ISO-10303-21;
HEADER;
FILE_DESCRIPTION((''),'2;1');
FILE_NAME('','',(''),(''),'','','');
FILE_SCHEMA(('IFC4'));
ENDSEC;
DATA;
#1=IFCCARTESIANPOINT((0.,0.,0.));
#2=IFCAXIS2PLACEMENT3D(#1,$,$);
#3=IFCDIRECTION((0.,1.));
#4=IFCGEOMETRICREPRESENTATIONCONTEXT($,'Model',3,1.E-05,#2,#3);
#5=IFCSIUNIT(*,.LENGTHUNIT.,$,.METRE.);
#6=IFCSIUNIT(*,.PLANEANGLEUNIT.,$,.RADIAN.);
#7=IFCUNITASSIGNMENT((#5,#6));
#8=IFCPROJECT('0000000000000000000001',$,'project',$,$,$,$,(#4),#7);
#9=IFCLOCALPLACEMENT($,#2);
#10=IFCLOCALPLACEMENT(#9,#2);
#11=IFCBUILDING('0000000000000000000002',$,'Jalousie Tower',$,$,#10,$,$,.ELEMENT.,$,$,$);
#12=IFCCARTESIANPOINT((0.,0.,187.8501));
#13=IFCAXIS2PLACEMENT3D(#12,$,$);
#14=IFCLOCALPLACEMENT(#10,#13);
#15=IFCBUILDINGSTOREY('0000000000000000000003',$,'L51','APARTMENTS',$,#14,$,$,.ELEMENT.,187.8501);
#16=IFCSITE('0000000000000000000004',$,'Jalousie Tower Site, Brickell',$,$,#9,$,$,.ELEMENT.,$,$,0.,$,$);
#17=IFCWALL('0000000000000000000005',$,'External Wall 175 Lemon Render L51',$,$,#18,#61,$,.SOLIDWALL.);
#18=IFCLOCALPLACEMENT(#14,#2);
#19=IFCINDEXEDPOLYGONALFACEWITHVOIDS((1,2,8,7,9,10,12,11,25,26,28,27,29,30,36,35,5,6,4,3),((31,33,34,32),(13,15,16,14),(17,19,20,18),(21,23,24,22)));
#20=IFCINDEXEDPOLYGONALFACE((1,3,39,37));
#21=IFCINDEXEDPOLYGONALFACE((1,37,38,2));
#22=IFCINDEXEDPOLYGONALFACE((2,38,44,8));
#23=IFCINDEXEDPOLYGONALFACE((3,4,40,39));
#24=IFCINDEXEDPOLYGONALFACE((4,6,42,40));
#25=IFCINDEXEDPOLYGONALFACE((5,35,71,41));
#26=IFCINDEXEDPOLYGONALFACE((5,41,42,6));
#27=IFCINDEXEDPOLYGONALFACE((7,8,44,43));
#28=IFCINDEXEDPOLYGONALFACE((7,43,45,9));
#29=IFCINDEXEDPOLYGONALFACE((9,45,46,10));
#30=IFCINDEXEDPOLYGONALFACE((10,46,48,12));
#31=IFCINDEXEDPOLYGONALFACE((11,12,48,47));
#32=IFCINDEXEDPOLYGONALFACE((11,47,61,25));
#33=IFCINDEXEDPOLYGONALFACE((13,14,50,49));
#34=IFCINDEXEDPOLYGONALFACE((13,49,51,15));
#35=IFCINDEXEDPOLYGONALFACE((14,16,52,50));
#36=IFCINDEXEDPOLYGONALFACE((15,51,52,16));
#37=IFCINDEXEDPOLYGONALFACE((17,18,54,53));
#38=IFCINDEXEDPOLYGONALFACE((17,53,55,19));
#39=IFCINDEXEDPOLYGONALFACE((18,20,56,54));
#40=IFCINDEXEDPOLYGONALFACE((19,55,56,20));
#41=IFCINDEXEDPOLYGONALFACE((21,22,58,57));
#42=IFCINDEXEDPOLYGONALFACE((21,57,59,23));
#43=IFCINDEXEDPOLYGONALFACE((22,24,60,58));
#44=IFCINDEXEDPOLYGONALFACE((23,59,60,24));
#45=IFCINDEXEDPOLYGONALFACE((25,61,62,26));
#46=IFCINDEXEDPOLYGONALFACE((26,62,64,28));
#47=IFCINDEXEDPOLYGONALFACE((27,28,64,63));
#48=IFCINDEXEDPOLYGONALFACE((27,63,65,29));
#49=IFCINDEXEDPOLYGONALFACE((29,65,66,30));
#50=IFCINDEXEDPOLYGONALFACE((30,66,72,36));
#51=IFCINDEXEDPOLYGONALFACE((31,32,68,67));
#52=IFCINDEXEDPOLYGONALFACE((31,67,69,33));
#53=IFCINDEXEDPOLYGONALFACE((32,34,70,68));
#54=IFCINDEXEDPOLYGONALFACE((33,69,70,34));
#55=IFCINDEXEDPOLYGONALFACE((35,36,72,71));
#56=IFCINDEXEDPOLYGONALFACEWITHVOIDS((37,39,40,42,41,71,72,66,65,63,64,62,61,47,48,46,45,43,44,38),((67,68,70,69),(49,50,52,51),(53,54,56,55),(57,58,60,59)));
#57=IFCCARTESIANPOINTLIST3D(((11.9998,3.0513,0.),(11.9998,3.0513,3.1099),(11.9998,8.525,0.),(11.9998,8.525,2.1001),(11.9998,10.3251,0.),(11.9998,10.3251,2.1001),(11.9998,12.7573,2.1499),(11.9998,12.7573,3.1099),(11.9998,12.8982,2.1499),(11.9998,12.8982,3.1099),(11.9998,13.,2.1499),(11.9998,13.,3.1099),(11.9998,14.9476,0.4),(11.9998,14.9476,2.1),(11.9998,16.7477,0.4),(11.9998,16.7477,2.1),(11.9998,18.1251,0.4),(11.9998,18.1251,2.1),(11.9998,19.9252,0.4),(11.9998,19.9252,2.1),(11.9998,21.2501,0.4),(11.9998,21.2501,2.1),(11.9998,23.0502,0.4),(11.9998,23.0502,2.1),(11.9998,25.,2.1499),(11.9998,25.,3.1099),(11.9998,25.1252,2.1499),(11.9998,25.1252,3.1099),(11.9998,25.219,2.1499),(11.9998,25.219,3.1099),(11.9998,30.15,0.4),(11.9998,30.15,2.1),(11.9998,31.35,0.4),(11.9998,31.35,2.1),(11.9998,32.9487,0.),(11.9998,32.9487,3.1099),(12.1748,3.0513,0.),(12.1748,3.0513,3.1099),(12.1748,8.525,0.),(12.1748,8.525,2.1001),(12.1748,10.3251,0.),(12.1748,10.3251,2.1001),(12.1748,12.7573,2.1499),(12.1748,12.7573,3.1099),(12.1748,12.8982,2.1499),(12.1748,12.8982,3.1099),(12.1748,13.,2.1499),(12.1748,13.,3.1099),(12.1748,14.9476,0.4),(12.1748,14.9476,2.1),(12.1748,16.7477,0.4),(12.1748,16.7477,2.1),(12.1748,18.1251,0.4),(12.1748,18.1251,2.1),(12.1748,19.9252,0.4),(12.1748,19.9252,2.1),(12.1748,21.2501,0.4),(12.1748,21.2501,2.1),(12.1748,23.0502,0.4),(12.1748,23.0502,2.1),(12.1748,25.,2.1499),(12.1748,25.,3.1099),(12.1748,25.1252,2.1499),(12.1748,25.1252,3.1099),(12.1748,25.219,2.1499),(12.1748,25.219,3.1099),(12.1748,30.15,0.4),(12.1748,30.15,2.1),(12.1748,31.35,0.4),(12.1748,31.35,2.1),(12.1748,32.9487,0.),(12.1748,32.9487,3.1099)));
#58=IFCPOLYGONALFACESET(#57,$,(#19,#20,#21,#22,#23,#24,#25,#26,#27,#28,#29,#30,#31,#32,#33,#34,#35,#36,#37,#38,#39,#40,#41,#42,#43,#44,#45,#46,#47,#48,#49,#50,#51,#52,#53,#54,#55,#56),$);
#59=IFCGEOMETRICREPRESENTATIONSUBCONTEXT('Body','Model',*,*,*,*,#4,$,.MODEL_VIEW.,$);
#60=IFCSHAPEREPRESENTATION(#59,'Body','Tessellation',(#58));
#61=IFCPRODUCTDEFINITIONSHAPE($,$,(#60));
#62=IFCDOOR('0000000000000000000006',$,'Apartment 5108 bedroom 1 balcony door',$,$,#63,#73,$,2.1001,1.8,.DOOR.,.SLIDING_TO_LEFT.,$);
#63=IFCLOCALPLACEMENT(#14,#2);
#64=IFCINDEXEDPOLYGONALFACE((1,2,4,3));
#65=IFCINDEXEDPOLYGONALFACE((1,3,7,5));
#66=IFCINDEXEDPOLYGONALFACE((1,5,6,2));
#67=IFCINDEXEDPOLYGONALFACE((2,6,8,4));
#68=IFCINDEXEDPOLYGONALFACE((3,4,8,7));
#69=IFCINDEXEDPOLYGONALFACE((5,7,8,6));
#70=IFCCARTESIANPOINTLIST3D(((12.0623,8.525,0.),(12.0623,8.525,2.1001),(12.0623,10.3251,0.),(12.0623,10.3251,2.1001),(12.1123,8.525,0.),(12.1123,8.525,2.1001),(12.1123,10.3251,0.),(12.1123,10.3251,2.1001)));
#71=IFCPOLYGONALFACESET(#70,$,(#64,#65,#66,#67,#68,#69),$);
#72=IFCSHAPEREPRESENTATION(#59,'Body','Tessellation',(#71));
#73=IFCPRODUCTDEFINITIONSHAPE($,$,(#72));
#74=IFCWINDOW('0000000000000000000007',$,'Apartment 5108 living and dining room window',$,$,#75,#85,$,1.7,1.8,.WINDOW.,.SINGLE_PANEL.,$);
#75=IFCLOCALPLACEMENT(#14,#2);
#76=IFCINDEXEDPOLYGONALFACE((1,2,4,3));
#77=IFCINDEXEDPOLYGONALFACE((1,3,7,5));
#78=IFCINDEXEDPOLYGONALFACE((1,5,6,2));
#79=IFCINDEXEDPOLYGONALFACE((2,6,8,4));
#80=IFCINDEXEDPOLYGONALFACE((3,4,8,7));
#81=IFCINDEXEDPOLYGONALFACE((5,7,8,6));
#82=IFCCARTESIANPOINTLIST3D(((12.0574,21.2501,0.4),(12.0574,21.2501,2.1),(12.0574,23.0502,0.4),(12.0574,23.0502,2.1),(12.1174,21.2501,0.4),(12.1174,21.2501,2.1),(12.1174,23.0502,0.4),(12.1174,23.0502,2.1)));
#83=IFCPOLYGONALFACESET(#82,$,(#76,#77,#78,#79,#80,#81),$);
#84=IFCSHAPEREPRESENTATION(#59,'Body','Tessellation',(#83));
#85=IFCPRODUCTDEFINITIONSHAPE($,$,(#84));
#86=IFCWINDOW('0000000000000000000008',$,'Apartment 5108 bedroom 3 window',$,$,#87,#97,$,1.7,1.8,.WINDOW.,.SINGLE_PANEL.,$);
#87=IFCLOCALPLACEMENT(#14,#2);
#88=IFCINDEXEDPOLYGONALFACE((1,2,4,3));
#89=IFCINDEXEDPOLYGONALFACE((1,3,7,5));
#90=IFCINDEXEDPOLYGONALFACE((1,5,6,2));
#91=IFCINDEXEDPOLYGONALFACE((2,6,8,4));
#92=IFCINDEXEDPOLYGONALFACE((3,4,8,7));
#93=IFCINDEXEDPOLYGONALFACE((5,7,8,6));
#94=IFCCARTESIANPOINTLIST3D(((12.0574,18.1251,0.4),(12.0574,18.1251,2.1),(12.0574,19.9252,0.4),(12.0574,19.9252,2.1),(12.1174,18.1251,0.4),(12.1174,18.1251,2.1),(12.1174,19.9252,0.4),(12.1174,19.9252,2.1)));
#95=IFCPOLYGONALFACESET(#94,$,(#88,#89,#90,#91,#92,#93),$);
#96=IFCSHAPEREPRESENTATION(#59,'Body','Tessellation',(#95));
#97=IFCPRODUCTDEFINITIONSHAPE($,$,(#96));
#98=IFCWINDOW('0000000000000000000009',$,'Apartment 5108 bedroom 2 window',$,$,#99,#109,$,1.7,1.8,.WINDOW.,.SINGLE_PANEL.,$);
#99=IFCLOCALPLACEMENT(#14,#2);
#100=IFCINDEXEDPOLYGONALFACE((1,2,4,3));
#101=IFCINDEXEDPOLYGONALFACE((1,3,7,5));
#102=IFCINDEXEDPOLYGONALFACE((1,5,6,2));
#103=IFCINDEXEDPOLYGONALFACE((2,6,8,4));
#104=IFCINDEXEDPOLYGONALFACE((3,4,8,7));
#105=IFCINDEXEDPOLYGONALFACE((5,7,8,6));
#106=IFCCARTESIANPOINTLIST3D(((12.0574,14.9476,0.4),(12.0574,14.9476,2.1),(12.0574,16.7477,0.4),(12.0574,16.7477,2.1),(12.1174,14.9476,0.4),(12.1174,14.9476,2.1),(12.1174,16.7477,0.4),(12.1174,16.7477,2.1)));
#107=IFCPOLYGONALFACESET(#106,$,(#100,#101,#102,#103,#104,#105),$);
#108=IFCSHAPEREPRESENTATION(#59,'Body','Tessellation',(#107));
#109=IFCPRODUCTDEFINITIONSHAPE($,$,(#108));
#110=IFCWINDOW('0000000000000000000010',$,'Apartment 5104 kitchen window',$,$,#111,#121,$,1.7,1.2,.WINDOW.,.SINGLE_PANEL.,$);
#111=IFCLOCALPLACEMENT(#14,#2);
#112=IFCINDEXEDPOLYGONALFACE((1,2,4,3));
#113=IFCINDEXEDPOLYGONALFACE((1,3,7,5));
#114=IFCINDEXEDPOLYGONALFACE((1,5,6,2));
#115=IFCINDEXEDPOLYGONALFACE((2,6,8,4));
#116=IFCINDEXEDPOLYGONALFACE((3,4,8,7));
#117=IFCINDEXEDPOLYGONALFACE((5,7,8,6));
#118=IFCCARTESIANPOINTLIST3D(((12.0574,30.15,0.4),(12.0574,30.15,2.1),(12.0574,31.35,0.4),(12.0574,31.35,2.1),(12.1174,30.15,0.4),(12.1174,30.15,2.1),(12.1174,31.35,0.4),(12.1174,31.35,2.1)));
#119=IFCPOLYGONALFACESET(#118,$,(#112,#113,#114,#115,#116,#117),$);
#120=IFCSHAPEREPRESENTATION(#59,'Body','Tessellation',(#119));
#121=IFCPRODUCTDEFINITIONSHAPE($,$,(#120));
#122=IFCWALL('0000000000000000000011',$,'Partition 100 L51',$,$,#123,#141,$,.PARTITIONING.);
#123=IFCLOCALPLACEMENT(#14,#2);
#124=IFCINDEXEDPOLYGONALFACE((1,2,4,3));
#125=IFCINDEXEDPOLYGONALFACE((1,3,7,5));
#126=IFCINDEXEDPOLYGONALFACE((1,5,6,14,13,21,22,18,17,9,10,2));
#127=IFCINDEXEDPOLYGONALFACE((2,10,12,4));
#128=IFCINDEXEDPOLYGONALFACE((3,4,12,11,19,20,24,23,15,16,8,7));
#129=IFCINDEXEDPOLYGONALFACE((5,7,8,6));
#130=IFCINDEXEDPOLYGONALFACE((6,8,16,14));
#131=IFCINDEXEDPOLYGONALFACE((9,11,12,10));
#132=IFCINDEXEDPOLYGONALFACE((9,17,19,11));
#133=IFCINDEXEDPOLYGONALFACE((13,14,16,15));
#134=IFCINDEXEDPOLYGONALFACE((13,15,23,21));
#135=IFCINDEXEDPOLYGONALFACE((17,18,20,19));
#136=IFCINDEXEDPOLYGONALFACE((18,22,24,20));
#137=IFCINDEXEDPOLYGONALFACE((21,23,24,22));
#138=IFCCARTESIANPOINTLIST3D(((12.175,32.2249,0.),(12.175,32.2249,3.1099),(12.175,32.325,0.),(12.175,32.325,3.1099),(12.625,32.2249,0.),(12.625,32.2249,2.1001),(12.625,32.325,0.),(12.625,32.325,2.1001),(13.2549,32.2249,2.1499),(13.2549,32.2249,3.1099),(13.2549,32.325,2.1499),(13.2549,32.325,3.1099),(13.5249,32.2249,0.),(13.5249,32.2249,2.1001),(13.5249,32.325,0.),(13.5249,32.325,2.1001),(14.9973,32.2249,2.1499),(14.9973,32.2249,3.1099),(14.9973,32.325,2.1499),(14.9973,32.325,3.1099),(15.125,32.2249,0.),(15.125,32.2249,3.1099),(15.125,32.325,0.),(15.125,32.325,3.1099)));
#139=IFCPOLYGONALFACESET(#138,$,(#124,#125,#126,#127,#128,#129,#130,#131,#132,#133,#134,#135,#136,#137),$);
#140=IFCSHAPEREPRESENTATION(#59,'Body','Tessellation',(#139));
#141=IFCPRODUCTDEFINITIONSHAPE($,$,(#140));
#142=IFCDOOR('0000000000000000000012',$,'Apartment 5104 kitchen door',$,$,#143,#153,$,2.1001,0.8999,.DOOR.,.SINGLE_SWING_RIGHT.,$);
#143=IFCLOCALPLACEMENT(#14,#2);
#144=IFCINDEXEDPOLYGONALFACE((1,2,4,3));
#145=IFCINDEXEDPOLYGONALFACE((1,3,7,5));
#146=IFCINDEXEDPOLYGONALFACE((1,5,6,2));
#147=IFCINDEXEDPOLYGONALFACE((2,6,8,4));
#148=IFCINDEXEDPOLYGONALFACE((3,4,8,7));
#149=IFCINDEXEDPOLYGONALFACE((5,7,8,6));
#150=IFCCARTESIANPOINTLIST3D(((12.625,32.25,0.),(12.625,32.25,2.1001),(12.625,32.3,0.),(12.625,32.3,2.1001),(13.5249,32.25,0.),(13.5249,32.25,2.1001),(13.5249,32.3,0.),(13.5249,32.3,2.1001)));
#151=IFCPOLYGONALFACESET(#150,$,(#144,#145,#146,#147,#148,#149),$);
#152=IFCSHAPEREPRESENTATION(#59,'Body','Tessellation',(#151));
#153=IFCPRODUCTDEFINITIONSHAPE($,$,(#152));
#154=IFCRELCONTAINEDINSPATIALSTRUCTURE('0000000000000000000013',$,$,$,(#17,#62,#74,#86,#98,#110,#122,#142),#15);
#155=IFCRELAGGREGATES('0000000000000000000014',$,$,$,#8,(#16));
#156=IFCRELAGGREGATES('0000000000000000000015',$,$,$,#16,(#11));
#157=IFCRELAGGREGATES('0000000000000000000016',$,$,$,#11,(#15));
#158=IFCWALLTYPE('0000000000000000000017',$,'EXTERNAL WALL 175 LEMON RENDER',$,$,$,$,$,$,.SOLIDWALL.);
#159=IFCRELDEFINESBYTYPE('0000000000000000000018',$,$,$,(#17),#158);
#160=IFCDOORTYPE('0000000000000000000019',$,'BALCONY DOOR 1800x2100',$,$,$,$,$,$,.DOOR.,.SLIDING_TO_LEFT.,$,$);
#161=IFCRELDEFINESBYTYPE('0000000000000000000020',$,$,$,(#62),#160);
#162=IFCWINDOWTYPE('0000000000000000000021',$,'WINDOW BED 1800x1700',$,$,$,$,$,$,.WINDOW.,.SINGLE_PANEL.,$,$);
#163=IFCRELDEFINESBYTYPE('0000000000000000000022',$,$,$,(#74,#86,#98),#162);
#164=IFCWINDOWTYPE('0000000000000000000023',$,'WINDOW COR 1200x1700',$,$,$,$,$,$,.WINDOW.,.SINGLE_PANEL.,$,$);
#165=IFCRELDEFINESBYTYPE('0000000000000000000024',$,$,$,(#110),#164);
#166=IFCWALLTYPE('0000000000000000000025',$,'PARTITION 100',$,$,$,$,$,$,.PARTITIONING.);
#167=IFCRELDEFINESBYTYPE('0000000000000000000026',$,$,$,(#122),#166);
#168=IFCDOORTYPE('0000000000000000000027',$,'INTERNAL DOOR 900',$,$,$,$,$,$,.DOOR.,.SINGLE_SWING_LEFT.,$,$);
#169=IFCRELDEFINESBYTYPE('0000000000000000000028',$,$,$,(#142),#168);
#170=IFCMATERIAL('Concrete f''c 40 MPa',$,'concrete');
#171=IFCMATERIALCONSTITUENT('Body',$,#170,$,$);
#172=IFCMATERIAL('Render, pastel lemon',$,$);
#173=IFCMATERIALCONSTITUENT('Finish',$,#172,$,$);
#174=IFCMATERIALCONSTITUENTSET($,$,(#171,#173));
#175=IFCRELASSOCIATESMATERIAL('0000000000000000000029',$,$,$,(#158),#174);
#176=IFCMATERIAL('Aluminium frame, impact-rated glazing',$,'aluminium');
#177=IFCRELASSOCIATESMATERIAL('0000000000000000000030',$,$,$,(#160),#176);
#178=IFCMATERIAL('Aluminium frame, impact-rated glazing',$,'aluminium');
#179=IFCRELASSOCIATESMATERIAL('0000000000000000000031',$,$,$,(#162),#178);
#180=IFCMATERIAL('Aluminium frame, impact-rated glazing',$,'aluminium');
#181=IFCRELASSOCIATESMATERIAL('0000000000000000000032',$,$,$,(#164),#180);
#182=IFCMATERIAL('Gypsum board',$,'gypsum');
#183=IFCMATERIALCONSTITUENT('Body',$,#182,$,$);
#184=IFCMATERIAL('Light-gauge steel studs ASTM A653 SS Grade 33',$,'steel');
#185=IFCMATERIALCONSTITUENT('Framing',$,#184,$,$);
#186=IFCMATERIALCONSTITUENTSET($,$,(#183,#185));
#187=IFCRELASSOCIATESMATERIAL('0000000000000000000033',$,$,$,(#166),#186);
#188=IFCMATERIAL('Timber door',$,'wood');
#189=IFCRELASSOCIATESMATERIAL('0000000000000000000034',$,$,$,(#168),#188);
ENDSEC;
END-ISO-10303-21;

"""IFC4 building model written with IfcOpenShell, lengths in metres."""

from ifc_helpers import new_model, si_unit, direction, frame, frame_2d, origin, place, context, subcontext, project, spatial, polyline, rectangle, outline, extrude, material, constituent, constituent_set, type_object, element, fill, save


model = new_model("IFC4")

# Units and contexts
model_context = context("Model", 3, precision=1e-05, world=origin(), true_north=direction((0.0, 1.0)))
body_context = subcontext(model_context, "Body", "Model", "MODEL_VIEW")
ifc_project = project(units=[si_unit("LENGTHUNIT", "METRE"), si_unit("PLANEANGLEUNIT", "RADIAN")], contexts=[model_context])

# Site, building, storey
site_placement = place(None, origin())
site = spatial("IfcSite", under=ifc_project, at=site_placement, Name="Jalousie Tower Site, Brickell", CompositionType="ELEMENT", RefElevation=0.0)
building_placement = place(site_placement, origin())
building = spatial("IfcBuilding", under=site, at=building_placement, Name="Jalousie Tower", CompositionType="ELEMENT")
storey_placement = place(building_placement, frame((0.0, 0.0, 187.8501)))
storey = spatial("IfcBuildingStorey", under=building, at=storey_placement, Name="L51", Description="APARTMENTS", CompositionType="ELEMENT", Elevation=187.8501)

# Wall, openings, door, windows
ifc_material_1 = material(Name="Concrete f'c 40 MPa", Category="concrete")
ifc_constituent_1 = constituent(ifc_material_1, Name="Body")
ifc_material_2 = material(Name="Render, pastel lemon")
ifc_constituent_2 = constituent(ifc_material_2, Name="Finish")
ifc_constituent_set_1 = constituent_set(constituents=[ifc_constituent_1, ifc_constituent_2])
wall_type_1 = type_object("IfcWallType", Name="EXTERNAL WALL 175 LEMON RENDER", PredefinedType="SOLIDWALL", material=ifc_constituent_set_1)
wall_1_placement = place(storey_placement, frame((12.0874, 32.9487, 0.0), z_axis=(0.0, 0.0, 1.0), x_axis=(0.0, -1.0, 0.0)))
wall_1 = element("IfcWall", 1, at=wall_1_placement, inside=storey, type_object=wall_type_1, Name="External Wall 175 Lemon Render L51", PredefinedType="SOLIDWALL", context=body_context, shape_type="SweptSolid", body=[
    extrude(outline(polyline([(0.0, 0.0), (29.8975, 0.0), (29.8975, 3.1099), (20.1914, 3.1099), (20.1914, 2.1499), (20.0505, 2.1499), (20.0505, 3.1099), (19.9487, 3.1099), (19.9487, 2.1499), (7.9487, 2.1499), (7.9487, 3.1099), (7.8235, 3.1099), (7.8235, 2.1499), (7.7297, 2.1499), (7.7297, 3.1099), (0.0, 3.1099), (0.0, 0.0)])), frame((0.0, 0.0874, 0.0), z_axis=(0.0, -1.0, 0.0), x_axis=(1.0, 0.0, 0.0)), (0.0, 0.0, 1.0), 0.175),
])
opening_1_placement = place(wall_1_placement, frame((1.5986, 0.0, 0.3999)))
opening_1 = element("IfcOpeningElement", 2, at=opening_1_placement, cuts=wall_1, PredefinedType="OPENING", context=body_context, shape_type="SweptSolid", body=[
    extrude(rectangle(XDim=1.2, YDim=1.7, at=frame_2d((0.6001, 0.8501))), frame((0.0, 0.0974, 0.0), z_axis=(0.0, -1.0, 0.0), x_axis=(1.0, 0.0, 0.0)), (0.0, 0.0, 1.0), 0.1951),
])
opening_2_placement = place(wall_1_placement, frame((9.8987, 0.0, 0.3999)))
opening_2 = element("IfcOpeningElement", 3, at=opening_2_placement, cuts=wall_1, PredefinedType="OPENING", context=body_context, shape_type="SweptSolid", body=[
    extrude(rectangle(XDim=1.8, YDim=1.7, at=frame_2d((0.8999, 0.8501))), frame((0.0, 0.0974, 0.0), z_axis=(0.0, -1.0, 0.0), x_axis=(1.0, 0.0, 0.0)), (0.0, 0.0, 1.0), 0.1951),
])
opening_3_placement = place(wall_1_placement, frame((13.0237, 0.0, 0.3999)))
opening_3 = element("IfcOpeningElement", 4, at=opening_3_placement, cuts=wall_1, PredefinedType="OPENING", context=body_context, shape_type="SweptSolid", body=[
    extrude(rectangle(XDim=1.8, YDim=1.7, at=frame_2d((0.8999, 0.8501))), frame((0.0, 0.0974, 0.0), z_axis=(0.0, -1.0, 0.0), x_axis=(1.0, 0.0, 0.0)), (0.0, 0.0, 1.0), 0.1951),
])
opening_4_placement = place(wall_1_placement, frame((16.2012, 0.0, 0.3999)))
opening_4 = element("IfcOpeningElement", 5, at=opening_4_placement, cuts=wall_1, PredefinedType="OPENING", context=body_context, shape_type="SweptSolid", body=[
    extrude(rectangle(XDim=1.8, YDim=1.7, at=frame_2d((0.8999, 0.8501))), frame((0.0, 0.0974, 0.0), z_axis=(0.0, -1.0, 0.0), x_axis=(1.0, 0.0, 0.0)), (0.0, 0.0, 1.0), 0.1951),
])
opening_5_placement = place(wall_1_placement, frame((22.6238, 0.0, 0.0)))
opening_5 = element("IfcOpeningElement", 6, at=opening_5_placement, cuts=wall_1, PredefinedType="OPENING", context=body_context, shape_type="SweptSolid", body=[
    extrude(rectangle(XDim=1.8, YDim=2.1001, at=frame_2d((0.8999, 1.05))), frame((0.0, 0.0974, 0.0), z_axis=(0.0, -1.0, 0.0), x_axis=(1.0, 0.0, 0.0)), (0.0, 0.0, 1.0), 0.1951),
])
ifc_material_3 = material(Name="Aluminium frame, impact-rated glazing", Category="aluminium")
door_type_1 = type_object("IfcDoorType", Name="BALCONY DOOR 1800x2100", OperationType="SLIDING_TO_LEFT", PredefinedType="DOOR", material=ifc_material_3)
door_1_placement = place(opening_5_placement, origin())
door_1 = element("IfcDoor", 7, at=door_1_placement, inside=storey, type_object=door_type_1, Name="Apartment 5108 bedroom 1 balcony door", OperationType="SLIDING_TO_LEFT", OverallHeight=2.1001, OverallWidth=1.8, PredefinedType="DOOR", context=body_context, shape_type="SweptSolid", body=[
    extrude(rectangle(XDim=1.8, YDim=2.1001, at=frame_2d((0.8999, 1.05))), frame((0.0, 0.0249, 0.0), z_axis=(0.0, -1.0, 0.0), x_axis=(1.0, 0.0, 0.0)), (0.0, 0.0, 1.0), 0.05),
])
fill(opening_5, door_1)
ifc_material_4 = material(Name="Aluminium frame, impact-rated glazing", Category="aluminium")
window_type_1 = type_object("IfcWindowType", Name="WINDOW BED 1800x1700", PartitioningType="SINGLE_PANEL", PredefinedType="WINDOW", material=ifc_material_4)
window_1_placement = place(opening_2_placement, origin())
window_1 = element("IfcWindow", 8, at=window_1_placement, inside=storey, type_object=window_type_1, Name="Apartment 5108 living and dining room window", OverallHeight=1.7, OverallWidth=1.8, PartitioningType="SINGLE_PANEL", PredefinedType="WINDOW", context=body_context, shape_type="SweptSolid", body=[
    extrude(rectangle(XDim=1.8, YDim=1.7, at=frame_2d((0.8999, 0.8501))), frame((0.0, 0.03, 0.0), z_axis=(0.0, -1.0, 0.0), x_axis=(1.0, 0.0, 0.0)), (0.0, 0.0, 1.0), 0.0601),
])
fill(opening_2, window_1)
window_2_placement = place(opening_3_placement, origin())
window_2 = element("IfcWindow", 9, at=window_2_placement, inside=storey, type_object=window_type_1, Name="Apartment 5108 bedroom 3 window", OverallHeight=1.7, OverallWidth=1.8, PartitioningType="SINGLE_PANEL", PredefinedType="WINDOW", context=body_context, shape_type="SweptSolid", body=[
    extrude(rectangle(XDim=1.8, YDim=1.7, at=frame_2d((0.8999, 0.8501))), frame((0.0, 0.03, 0.0), z_axis=(0.0, -1.0, 0.0), x_axis=(1.0, 0.0, 0.0)), (0.0, 0.0, 1.0), 0.0601),
])
fill(opening_3, window_2)
window_3_placement = place(opening_4_placement, origin())
window_3 = element("IfcWindow", 10, at=window_3_placement, inside=storey, type_object=window_type_1, Name="Apartment 5108 bedroom 2 window", OverallHeight=1.7, OverallWidth=1.8, PartitioningType="SINGLE_PANEL", PredefinedType="WINDOW", context=body_context, shape_type="SweptSolid", body=[
    extrude(rectangle(XDim=1.8, YDim=1.7, at=frame_2d((0.8999, 0.8501))), frame((0.0, 0.03, 0.0), z_axis=(0.0, -1.0, 0.0), x_axis=(1.0, 0.0, 0.0)), (0.0, 0.0, 1.0), 0.0601),
])
fill(opening_4, window_3)
ifc_material_5 = material(Name="Aluminium frame, impact-rated glazing", Category="aluminium")
window_type_2 = type_object("IfcWindowType", Name="WINDOW COR 1200x1700", PartitioningType="SINGLE_PANEL", PredefinedType="WINDOW", material=ifc_material_5)
window_4_placement = place(opening_1_placement, origin())
window_4 = element("IfcWindow", 11, at=window_4_placement, inside=storey, type_object=window_type_2, Name="Apartment 5104 kitchen window", OverallHeight=1.7, OverallWidth=1.2, PartitioningType="SINGLE_PANEL", PredefinedType="WINDOW", context=body_context, shape_type="SweptSolid", body=[
    extrude(rectangle(XDim=1.2, YDim=1.7, at=frame_2d((0.6001, 0.8501))), frame((0.0, 0.03, 0.0), z_axis=(0.0, -1.0, 0.0), x_axis=(1.0, 0.0, 0.0)), (0.0, 0.0, 1.0), 0.0601),
])
fill(opening_1, window_4)

# Wall, opening, door
ifc_material_6 = material(Name="Gypsum board", Category="gypsum")
ifc_constituent_3 = constituent(ifc_material_6, Name="Body")
ifc_material_7 = material(Name="Light-gauge steel studs ASTM A653 SS Grade 33", Category="steel")
ifc_constituent_4 = constituent(ifc_material_7, Name="Framing")
ifc_constituent_set_2 = constituent_set(constituents=[ifc_constituent_3, ifc_constituent_4])
wall_type_2 = type_object("IfcWallType", Name="PARTITION 100", PredefinedType="PARTITIONING", material=ifc_constituent_set_2)
wall_2_placement = place(storey_placement, frame((12.175, 32.2749, 0.0), z_axis=(0.0, 0.0, 1.0), x_axis=(1.0, 0.0, 0.0)))
wall_2 = element("IfcWall", 12, at=wall_2_placement, inside=storey, type_object=wall_type_2, Name="Partition 100 L51", PredefinedType="PARTITIONING", context=body_context, shape_type="SweptSolid", body=[
    extrude(outline(polyline([(0.0, 0.0), (2.95, 0.0), (2.95, 3.1099), (2.8223, 3.1099), (2.8223, 2.1499), (1.0798, 2.1499), (1.0798, 3.1099), (0.0, 3.1099), (0.0, 0.0)])), frame((0.0, 0.05, 0.0), z_axis=(0.0, -1.0, 0.0), x_axis=(1.0, 0.0, 0.0)), (0.0, 0.0, 1.0), 0.1001),
])
opening_6_placement = place(wall_2_placement, frame((0.45, 0.0, 0.0)))
opening_6 = element("IfcOpeningElement", 13, at=opening_6_placement, cuts=wall_2, PredefinedType="OPENING", context=body_context, shape_type="SweptSolid", body=[
    extrude(rectangle(XDim=0.8999, YDim=2.1001, at=frame_2d((0.45, 1.05))), frame((0.0, 0.0601, 0.0), z_axis=(0.0, -1.0, 0.0), x_axis=(1.0, 0.0, 0.0)), (0.0, 0.0, 1.0), 0.1201),
])
ifc_material_8 = material(Name="Timber door", Category="wood")
door_type_2 = type_object("IfcDoorType", Name="INTERNAL DOOR 900", OperationType="SINGLE_SWING_LEFT", PredefinedType="DOOR", material=ifc_material_8)
door_2_placement = place(opening_6_placement, frame((0.8999, 0.0, 0.0), z_axis=(0.0, 0.0, 1.0), x_axis=(-1.0, 0.0, 0.0)))
door_2 = element("IfcDoor", 14, at=door_2_placement, inside=storey, type_object=door_type_2, Name="Apartment 5104 kitchen door", OperationType="SINGLE_SWING_RIGHT", OverallHeight=2.1001, OverallWidth=0.8999, PredefinedType="DOOR", context=body_context, shape_type="SweptSolid", body=[
    extrude(rectangle(XDim=0.8999, YDim=2.1001, at=frame_2d((0.45, 1.05))), frame((0.0, 0.0249, 0.0), z_axis=(0.0, -1.0, 0.0), x_axis=(1.0, 0.0, 0.0)), (0.0, 0.0, 1.0), 0.05),
])
fill(opening_6, door_2)

save(model, "model.ifc")
